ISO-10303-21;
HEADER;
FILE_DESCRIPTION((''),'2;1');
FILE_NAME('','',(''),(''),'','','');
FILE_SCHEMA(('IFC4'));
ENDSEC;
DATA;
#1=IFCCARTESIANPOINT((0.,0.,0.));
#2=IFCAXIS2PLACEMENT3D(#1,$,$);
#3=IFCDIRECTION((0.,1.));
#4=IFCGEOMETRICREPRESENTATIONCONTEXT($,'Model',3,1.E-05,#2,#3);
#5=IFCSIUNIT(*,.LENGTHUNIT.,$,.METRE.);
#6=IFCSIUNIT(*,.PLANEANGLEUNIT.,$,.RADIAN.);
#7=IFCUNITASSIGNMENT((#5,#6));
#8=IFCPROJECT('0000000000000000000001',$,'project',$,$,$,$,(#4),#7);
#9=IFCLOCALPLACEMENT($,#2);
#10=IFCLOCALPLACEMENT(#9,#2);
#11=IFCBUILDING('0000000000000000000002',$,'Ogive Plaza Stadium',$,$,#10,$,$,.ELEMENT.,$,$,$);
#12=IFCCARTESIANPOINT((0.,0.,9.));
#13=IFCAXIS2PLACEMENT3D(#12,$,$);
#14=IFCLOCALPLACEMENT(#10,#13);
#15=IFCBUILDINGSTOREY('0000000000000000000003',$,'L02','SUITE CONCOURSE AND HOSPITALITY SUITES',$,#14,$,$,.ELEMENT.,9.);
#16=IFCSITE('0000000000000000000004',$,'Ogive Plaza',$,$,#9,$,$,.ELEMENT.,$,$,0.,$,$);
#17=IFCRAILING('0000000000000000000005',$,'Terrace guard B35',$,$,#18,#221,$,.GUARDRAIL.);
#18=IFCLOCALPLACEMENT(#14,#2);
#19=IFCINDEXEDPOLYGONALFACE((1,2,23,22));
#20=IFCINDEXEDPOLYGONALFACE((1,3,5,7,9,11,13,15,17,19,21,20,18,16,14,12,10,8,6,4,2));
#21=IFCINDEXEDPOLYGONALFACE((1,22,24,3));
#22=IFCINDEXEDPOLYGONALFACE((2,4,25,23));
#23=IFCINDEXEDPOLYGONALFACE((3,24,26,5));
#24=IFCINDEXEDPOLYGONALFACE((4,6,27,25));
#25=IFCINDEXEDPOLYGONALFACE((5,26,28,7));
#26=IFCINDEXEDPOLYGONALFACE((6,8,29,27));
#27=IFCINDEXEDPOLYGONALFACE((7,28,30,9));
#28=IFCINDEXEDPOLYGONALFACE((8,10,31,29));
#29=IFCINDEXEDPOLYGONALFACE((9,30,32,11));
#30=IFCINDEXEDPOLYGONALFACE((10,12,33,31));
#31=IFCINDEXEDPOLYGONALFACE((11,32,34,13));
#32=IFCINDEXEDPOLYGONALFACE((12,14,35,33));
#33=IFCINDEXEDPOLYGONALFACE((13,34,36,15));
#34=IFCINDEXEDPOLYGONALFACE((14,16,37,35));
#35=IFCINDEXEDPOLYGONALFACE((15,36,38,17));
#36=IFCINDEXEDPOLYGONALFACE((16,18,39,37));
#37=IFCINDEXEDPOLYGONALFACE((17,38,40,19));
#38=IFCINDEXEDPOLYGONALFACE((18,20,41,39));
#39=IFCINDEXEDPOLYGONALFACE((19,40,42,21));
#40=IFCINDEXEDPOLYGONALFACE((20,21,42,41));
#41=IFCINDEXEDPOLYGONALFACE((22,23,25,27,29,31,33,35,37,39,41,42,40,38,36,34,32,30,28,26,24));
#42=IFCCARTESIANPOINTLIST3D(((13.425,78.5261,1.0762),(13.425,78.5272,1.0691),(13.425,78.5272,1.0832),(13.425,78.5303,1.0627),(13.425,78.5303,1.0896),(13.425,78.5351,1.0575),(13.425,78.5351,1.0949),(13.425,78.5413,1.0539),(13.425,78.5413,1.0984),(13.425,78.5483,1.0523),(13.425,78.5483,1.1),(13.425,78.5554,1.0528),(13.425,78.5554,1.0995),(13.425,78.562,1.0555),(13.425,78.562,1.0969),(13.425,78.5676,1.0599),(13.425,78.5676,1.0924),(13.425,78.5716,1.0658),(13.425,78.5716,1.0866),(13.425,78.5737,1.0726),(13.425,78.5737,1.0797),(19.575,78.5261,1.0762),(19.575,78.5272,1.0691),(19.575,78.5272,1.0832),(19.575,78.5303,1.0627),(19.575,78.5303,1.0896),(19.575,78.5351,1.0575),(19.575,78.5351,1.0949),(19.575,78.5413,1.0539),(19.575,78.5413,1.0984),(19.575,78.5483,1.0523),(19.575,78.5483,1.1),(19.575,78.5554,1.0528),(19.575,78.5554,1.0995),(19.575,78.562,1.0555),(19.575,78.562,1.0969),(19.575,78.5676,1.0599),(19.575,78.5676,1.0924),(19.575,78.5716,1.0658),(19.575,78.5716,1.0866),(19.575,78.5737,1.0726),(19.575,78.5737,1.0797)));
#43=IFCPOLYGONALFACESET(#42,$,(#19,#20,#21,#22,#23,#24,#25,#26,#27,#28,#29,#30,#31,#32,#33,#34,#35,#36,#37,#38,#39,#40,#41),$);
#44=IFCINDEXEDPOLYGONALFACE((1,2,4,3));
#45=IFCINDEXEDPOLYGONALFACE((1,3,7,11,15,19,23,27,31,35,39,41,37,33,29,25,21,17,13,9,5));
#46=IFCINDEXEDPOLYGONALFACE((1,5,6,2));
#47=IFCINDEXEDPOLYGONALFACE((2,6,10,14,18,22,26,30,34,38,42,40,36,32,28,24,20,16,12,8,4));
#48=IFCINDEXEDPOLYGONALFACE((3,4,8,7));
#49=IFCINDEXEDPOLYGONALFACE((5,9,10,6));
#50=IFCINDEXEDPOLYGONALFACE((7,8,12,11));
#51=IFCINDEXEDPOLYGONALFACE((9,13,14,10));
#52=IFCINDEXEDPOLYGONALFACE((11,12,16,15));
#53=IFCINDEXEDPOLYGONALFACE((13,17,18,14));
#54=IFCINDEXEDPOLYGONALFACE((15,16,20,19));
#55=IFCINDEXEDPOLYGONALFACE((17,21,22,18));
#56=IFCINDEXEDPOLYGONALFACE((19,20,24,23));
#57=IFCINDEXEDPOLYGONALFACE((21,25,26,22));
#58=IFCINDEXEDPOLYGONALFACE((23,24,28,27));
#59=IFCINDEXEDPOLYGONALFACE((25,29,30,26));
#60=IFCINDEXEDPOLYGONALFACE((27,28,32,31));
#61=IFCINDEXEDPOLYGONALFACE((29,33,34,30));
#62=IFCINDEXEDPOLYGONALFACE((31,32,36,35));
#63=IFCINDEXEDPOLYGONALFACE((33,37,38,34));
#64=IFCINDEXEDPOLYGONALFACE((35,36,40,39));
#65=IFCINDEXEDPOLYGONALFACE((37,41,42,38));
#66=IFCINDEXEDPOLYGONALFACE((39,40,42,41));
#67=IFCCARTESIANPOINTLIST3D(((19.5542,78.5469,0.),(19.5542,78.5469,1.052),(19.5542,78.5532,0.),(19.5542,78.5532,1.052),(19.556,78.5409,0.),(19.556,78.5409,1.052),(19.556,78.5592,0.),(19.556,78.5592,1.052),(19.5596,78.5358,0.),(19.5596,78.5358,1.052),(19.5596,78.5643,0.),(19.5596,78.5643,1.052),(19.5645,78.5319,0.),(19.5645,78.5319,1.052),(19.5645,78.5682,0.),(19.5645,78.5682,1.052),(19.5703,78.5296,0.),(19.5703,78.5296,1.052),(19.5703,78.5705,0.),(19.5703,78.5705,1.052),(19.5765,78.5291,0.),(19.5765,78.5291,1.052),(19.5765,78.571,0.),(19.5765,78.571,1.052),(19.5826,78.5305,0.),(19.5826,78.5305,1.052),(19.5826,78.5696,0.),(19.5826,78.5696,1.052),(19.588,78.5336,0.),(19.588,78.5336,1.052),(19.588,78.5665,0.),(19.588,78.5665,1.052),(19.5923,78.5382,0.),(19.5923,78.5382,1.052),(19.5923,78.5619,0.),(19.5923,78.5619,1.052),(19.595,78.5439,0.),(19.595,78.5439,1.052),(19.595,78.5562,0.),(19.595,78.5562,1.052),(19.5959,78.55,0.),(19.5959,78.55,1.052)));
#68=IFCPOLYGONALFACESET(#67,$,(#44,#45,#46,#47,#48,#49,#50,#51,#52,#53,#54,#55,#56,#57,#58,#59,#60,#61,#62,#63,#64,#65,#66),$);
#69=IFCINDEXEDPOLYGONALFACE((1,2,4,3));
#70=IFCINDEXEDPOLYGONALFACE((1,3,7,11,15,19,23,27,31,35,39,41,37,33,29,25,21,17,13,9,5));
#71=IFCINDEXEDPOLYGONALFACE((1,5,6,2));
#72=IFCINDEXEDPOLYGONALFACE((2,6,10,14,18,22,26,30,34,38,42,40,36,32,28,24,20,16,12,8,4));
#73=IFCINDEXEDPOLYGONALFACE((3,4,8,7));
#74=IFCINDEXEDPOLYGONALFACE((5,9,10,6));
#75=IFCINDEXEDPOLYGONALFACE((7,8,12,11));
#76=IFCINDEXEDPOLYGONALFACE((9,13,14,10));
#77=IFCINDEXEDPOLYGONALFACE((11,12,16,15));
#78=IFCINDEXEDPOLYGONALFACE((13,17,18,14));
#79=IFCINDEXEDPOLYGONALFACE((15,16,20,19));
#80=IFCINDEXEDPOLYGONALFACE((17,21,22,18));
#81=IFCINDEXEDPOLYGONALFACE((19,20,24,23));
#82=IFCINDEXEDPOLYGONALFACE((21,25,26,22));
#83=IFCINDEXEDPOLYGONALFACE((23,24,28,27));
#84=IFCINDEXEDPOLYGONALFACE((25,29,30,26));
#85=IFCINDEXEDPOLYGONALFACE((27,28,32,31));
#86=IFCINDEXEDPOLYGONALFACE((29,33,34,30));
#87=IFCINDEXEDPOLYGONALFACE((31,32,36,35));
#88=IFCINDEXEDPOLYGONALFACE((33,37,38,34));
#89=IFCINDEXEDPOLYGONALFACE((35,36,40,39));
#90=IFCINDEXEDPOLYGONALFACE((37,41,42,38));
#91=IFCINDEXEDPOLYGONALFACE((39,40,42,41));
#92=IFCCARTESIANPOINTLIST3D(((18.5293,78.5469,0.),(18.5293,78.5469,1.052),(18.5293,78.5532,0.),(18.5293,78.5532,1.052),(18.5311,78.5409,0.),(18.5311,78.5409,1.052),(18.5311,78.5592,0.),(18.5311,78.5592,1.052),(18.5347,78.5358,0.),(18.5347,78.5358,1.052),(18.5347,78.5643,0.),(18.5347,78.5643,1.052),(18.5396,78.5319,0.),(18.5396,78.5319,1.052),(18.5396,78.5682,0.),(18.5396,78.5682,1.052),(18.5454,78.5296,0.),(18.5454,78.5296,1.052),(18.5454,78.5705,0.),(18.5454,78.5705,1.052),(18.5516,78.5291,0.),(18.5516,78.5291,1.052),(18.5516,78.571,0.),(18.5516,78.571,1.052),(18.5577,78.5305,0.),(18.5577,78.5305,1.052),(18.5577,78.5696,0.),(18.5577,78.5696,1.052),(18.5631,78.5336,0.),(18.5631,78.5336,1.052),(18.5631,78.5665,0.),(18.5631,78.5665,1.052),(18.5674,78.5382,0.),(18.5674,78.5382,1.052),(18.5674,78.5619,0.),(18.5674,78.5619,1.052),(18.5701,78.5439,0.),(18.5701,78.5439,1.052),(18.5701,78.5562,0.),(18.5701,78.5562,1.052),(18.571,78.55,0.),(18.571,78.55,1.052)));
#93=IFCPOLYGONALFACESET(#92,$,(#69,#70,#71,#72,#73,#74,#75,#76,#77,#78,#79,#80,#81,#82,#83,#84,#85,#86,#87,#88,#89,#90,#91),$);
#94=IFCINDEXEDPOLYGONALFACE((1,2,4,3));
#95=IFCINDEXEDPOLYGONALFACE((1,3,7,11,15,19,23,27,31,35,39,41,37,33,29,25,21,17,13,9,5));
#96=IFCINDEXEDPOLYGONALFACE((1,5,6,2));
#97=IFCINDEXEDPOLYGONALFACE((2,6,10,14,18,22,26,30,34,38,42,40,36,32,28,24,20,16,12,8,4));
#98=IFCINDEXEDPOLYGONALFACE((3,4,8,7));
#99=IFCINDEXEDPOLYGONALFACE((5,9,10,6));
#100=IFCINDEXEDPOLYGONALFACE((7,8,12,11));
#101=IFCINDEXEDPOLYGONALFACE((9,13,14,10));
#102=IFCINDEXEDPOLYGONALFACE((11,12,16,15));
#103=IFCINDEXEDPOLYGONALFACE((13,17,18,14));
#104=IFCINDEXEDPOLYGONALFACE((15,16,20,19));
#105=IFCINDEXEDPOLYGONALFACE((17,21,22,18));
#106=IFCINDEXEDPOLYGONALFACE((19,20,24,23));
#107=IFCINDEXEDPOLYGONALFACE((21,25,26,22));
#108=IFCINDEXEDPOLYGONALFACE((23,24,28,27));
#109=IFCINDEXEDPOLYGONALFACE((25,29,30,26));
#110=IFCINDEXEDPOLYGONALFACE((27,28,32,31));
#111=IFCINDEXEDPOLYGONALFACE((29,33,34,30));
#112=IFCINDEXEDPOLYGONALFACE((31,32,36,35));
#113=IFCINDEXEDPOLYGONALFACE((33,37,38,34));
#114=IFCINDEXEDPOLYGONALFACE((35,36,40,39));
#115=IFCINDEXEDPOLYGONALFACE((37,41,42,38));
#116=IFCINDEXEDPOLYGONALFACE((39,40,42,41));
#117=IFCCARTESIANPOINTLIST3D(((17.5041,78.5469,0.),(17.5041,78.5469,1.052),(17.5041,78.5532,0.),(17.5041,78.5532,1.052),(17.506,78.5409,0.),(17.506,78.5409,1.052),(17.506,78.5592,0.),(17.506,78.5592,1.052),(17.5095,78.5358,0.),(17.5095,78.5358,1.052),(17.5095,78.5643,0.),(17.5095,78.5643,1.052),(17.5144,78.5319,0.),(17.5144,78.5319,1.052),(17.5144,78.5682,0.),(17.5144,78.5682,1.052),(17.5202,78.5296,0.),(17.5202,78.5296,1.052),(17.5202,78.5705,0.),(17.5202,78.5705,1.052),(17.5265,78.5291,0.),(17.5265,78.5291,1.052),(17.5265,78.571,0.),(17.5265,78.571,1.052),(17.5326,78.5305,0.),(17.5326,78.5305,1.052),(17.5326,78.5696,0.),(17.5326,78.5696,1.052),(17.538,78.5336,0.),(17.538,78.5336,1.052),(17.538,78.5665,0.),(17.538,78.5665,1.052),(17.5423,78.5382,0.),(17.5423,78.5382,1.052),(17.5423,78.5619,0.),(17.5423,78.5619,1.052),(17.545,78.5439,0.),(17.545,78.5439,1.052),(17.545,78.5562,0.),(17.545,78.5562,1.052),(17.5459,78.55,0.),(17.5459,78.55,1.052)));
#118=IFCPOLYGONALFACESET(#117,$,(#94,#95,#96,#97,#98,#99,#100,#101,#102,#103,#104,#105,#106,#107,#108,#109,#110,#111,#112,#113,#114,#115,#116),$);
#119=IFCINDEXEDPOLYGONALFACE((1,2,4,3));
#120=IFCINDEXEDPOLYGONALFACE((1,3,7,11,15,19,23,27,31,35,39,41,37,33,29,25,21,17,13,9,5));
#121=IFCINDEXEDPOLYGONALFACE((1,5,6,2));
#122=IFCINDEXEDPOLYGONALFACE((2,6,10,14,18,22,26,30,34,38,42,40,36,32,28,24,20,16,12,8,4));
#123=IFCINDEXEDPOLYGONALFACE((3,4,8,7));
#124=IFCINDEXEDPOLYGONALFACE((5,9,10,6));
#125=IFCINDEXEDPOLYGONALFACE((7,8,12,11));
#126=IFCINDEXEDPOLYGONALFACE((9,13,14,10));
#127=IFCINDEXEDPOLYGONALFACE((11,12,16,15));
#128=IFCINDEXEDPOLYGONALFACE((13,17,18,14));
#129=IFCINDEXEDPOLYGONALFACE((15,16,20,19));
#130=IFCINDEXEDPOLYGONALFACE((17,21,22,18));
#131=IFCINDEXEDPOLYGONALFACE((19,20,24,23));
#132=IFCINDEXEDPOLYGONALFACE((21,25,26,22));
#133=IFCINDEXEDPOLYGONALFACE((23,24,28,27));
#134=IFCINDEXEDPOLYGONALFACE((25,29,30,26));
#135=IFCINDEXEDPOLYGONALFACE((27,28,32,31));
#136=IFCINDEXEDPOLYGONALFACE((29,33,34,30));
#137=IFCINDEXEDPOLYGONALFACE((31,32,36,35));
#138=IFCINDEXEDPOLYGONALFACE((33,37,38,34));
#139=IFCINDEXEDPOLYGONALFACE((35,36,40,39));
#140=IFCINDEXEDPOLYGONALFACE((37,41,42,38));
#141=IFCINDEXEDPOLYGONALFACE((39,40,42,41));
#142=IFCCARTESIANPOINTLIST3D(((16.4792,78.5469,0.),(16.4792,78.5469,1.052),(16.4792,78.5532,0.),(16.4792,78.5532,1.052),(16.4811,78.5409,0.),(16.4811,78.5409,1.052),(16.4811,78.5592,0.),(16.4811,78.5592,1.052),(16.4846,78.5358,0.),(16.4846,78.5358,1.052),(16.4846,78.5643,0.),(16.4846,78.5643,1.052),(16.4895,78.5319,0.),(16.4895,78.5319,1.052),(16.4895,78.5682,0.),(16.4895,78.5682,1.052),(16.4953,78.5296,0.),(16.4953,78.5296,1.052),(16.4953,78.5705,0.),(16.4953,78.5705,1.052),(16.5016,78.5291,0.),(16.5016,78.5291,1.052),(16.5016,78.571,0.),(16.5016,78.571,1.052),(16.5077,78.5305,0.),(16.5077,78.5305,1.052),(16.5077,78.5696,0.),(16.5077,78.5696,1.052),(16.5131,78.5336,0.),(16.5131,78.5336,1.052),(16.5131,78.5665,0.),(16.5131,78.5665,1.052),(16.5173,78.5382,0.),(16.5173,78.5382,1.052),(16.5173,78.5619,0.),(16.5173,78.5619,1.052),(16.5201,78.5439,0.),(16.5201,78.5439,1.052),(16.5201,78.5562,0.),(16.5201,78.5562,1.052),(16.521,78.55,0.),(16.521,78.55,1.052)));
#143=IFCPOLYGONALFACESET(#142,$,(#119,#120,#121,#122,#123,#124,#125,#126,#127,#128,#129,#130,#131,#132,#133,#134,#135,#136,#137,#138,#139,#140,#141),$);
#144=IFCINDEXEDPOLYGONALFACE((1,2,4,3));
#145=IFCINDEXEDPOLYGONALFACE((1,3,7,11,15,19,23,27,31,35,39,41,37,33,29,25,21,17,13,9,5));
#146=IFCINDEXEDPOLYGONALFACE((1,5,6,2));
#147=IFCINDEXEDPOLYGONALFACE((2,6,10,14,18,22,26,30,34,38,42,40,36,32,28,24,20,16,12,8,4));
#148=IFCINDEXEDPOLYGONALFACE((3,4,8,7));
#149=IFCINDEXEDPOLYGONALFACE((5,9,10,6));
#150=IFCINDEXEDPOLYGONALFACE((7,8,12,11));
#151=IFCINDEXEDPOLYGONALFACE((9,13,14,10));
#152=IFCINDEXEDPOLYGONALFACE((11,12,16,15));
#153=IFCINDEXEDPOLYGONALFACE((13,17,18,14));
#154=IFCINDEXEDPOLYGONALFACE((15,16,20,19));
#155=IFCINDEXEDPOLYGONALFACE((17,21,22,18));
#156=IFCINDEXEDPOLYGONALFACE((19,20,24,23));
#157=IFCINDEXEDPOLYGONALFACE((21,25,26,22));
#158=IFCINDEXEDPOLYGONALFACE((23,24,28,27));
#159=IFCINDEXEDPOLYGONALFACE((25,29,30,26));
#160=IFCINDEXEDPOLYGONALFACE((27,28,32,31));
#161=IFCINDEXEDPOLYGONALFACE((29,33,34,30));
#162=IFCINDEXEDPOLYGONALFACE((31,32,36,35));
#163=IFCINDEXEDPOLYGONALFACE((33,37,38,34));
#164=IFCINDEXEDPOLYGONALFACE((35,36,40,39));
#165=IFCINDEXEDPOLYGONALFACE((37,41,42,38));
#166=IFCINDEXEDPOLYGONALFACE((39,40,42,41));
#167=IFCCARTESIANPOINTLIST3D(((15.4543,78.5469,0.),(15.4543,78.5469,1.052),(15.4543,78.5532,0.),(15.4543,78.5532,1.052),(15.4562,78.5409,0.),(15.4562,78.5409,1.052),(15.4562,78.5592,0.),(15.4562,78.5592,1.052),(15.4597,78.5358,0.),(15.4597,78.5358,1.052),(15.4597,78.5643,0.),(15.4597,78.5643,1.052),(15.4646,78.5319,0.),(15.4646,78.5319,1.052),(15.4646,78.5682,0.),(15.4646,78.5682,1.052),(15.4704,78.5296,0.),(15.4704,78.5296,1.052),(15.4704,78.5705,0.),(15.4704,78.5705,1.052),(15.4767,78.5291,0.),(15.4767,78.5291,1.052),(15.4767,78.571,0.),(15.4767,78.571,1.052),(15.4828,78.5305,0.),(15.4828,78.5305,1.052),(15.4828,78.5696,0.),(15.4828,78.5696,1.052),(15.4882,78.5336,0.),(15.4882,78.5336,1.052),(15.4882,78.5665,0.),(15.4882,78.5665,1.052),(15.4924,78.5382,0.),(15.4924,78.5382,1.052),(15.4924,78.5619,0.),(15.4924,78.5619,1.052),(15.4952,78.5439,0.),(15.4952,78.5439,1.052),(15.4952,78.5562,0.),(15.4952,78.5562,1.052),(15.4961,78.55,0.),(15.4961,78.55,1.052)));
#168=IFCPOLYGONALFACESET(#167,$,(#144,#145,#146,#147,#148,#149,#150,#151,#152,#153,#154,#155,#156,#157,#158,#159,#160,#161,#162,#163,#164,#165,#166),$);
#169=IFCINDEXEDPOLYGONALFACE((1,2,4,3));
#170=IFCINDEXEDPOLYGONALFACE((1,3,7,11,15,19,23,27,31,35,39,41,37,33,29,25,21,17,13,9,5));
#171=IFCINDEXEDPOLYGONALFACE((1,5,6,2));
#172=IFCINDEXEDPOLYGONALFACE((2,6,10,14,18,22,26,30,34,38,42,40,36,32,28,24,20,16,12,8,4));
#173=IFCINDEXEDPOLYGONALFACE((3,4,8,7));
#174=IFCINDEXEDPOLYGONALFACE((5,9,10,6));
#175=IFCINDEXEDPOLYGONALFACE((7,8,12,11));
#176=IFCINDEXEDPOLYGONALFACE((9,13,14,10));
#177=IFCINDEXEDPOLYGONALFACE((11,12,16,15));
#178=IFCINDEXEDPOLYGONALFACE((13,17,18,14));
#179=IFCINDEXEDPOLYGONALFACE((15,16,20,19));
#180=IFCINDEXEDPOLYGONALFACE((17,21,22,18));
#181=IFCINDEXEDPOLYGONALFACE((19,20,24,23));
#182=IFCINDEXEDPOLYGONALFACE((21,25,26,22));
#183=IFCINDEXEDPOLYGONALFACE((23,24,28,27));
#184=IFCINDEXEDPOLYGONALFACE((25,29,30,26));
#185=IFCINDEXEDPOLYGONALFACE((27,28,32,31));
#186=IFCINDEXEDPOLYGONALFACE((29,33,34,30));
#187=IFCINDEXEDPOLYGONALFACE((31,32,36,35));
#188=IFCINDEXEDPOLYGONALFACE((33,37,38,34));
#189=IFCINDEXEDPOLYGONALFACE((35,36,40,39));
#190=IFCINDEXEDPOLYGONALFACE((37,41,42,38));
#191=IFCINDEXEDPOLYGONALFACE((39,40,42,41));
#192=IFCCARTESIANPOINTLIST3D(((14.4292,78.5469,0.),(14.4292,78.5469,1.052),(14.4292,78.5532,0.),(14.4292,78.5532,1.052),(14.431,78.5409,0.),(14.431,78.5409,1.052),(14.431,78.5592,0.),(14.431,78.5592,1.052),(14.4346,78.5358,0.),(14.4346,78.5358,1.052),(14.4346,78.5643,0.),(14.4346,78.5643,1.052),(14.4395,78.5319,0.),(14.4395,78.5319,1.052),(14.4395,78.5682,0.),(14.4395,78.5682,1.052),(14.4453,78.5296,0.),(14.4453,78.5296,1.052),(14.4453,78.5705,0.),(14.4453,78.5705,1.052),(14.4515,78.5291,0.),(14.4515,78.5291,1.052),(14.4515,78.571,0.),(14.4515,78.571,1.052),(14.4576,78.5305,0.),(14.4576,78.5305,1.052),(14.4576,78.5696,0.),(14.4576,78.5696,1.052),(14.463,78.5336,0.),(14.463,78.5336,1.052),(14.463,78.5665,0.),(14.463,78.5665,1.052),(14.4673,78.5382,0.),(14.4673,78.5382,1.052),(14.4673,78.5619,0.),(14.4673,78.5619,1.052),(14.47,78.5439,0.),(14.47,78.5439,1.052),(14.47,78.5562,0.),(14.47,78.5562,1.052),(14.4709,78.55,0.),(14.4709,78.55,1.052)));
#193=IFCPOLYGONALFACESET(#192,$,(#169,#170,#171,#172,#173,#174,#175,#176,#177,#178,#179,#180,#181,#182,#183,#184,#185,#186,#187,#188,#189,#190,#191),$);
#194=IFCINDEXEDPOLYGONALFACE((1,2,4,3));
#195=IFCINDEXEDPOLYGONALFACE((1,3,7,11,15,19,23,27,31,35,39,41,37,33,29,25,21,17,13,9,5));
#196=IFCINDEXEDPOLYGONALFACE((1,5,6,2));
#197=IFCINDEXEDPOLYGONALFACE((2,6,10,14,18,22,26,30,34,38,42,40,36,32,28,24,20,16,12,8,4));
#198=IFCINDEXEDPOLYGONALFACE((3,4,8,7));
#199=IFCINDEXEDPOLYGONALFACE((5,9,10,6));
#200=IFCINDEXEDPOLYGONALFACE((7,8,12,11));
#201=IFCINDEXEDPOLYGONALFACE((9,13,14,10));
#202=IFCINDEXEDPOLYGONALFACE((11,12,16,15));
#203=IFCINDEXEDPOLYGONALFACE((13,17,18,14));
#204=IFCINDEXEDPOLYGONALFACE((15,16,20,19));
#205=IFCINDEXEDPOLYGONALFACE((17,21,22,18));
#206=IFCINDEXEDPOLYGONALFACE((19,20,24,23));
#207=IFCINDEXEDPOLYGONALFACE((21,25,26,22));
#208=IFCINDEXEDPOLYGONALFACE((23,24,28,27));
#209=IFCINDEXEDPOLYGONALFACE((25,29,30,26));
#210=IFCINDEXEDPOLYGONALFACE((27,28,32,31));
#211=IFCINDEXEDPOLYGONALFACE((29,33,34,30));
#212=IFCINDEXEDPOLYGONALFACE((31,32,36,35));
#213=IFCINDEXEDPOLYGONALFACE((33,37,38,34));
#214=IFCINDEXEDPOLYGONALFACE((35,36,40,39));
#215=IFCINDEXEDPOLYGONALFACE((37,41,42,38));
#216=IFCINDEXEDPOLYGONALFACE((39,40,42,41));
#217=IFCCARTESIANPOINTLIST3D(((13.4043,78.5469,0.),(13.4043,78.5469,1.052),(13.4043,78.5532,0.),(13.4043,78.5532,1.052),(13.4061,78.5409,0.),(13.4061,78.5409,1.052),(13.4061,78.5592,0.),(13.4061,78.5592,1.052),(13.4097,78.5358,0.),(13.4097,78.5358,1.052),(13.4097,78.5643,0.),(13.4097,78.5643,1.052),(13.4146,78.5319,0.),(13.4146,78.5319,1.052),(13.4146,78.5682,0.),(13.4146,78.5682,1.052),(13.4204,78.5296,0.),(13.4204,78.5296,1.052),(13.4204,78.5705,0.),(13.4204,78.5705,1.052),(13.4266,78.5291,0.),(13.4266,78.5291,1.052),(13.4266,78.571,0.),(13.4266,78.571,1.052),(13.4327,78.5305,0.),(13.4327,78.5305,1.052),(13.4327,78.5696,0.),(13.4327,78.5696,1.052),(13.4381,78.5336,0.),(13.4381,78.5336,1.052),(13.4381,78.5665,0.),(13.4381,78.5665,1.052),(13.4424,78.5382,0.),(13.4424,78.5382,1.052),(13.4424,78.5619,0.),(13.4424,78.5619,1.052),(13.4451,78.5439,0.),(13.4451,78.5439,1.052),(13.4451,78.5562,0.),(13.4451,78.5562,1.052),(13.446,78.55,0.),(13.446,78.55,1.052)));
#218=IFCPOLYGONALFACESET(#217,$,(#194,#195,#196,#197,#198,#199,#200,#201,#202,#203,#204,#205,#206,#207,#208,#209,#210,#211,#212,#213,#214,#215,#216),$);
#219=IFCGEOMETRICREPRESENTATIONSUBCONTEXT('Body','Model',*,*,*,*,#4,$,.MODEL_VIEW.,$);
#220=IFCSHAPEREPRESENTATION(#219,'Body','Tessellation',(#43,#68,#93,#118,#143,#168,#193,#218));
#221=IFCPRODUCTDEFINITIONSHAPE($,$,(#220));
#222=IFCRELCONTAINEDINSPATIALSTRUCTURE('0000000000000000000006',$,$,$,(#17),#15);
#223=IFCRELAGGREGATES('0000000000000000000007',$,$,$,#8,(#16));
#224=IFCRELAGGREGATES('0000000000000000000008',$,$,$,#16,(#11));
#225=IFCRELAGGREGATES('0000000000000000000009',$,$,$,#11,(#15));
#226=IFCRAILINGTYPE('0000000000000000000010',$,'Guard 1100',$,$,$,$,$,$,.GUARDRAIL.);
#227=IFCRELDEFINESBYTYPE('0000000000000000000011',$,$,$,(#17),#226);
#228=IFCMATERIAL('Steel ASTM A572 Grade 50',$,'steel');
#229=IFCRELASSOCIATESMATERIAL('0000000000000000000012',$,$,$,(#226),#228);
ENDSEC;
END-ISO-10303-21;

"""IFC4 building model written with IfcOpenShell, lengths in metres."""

from ifc_helpers import new_model, si_unit, direction, frame, origin, origin_2d, place, context, subcontext, project, spatial, circle, extrude, material, type_object, element, save


model = new_model("IFC4")

# Units and contexts
model_context = context("Model", 3, precision=1e-05, world=origin(), true_north=direction((0.0, 1.0)))
body_context = subcontext(model_context, "Body", "Model", "MODEL_VIEW")
ifc_project = project(units=[si_unit("LENGTHUNIT", "METRE"), si_unit("PLANEANGLEUNIT", "RADIAN")], contexts=[model_context])

# Site, building, storey
site_placement = place(None, origin())
site = spatial("IfcSite", under=ifc_project, at=site_placement, Name="Ogive Plaza", CompositionType="ELEMENT", RefElevation=0.0)
building_placement = place(site_placement, origin())
building = spatial("IfcBuilding", under=site, at=building_placement, Name="Ogive Plaza Stadium", CompositionType="ELEMENT")
storey_placement = place(building_placement, frame((0.0, 0.0, 9.0)))
storey = spatial("IfcBuildingStorey", under=building, at=storey_placement, Name="L02", Description="SUITE CONCOURSE AND HOSPITALITY SUITES", CompositionType="ELEMENT", Elevation=9.0)

# Railing
ifc_material_1 = material(Name="Steel ASTM A572 Grade 50", Category="steel")
railing_type_1 = type_object("IfcRailingType", Name="Guard 1100", PredefinedType="GUARDRAIL", material=ifc_material_1)
railing_1_placement = place(storey_placement, frame((19.575, 78.55, 0.0)))
element("IfcRailing", 1, at=railing_1_placement, inside=storey, type_object=railing_type_1, Name="Terrace guard B35", PredefinedType="GUARDRAIL", context=body_context, shape_type="SweptSolid", body=[
    extrude(circle(Radius=0.0239, at=origin_2d()), frame((0.0, 0.0, 1.0762), z_axis=(-1.0, 0.0, 0.0), x_axis=(0.0, -1.0, 0.0)), (0.0, 0.0, 1.0), 6.1499),
    extrude(circle(Radius=0.021, at=origin_2d()), origin(), (0.0, 0.0, 1.0), 1.052),
    extrude(circle(Radius=0.021, at=origin_2d()), frame((-1.0249, 0.0, 0.0)), (0.0, 0.0, 1.0), 1.052),
    extrude(circle(Radius=0.021, at=origin_2d()), frame((-2.05, 0.0, 0.0)), (0.0, 0.0, 1.0), 1.052),
    extrude(circle(Radius=0.021, at=origin_2d()), frame((-3.075, 0.0, 0.0)), (0.0, 0.0, 1.0), 1.052),
    extrude(circle(Radius=0.021, at=origin_2d()), frame((-4.0999, 0.0, 0.0)), (0.0, 0.0, 1.0), 1.052),
    extrude(circle(Radius=0.021, at=origin_2d()), frame((-5.125, 0.0, 0.0)), (0.0, 0.0, 1.0), 1.052),
    extrude(circle(Radius=0.021, at=origin_2d()), frame((-6.1499, 0.0, 0.0)), (0.0, 0.0, 1.0), 1.052),
])

save(model, "model.ifc")
